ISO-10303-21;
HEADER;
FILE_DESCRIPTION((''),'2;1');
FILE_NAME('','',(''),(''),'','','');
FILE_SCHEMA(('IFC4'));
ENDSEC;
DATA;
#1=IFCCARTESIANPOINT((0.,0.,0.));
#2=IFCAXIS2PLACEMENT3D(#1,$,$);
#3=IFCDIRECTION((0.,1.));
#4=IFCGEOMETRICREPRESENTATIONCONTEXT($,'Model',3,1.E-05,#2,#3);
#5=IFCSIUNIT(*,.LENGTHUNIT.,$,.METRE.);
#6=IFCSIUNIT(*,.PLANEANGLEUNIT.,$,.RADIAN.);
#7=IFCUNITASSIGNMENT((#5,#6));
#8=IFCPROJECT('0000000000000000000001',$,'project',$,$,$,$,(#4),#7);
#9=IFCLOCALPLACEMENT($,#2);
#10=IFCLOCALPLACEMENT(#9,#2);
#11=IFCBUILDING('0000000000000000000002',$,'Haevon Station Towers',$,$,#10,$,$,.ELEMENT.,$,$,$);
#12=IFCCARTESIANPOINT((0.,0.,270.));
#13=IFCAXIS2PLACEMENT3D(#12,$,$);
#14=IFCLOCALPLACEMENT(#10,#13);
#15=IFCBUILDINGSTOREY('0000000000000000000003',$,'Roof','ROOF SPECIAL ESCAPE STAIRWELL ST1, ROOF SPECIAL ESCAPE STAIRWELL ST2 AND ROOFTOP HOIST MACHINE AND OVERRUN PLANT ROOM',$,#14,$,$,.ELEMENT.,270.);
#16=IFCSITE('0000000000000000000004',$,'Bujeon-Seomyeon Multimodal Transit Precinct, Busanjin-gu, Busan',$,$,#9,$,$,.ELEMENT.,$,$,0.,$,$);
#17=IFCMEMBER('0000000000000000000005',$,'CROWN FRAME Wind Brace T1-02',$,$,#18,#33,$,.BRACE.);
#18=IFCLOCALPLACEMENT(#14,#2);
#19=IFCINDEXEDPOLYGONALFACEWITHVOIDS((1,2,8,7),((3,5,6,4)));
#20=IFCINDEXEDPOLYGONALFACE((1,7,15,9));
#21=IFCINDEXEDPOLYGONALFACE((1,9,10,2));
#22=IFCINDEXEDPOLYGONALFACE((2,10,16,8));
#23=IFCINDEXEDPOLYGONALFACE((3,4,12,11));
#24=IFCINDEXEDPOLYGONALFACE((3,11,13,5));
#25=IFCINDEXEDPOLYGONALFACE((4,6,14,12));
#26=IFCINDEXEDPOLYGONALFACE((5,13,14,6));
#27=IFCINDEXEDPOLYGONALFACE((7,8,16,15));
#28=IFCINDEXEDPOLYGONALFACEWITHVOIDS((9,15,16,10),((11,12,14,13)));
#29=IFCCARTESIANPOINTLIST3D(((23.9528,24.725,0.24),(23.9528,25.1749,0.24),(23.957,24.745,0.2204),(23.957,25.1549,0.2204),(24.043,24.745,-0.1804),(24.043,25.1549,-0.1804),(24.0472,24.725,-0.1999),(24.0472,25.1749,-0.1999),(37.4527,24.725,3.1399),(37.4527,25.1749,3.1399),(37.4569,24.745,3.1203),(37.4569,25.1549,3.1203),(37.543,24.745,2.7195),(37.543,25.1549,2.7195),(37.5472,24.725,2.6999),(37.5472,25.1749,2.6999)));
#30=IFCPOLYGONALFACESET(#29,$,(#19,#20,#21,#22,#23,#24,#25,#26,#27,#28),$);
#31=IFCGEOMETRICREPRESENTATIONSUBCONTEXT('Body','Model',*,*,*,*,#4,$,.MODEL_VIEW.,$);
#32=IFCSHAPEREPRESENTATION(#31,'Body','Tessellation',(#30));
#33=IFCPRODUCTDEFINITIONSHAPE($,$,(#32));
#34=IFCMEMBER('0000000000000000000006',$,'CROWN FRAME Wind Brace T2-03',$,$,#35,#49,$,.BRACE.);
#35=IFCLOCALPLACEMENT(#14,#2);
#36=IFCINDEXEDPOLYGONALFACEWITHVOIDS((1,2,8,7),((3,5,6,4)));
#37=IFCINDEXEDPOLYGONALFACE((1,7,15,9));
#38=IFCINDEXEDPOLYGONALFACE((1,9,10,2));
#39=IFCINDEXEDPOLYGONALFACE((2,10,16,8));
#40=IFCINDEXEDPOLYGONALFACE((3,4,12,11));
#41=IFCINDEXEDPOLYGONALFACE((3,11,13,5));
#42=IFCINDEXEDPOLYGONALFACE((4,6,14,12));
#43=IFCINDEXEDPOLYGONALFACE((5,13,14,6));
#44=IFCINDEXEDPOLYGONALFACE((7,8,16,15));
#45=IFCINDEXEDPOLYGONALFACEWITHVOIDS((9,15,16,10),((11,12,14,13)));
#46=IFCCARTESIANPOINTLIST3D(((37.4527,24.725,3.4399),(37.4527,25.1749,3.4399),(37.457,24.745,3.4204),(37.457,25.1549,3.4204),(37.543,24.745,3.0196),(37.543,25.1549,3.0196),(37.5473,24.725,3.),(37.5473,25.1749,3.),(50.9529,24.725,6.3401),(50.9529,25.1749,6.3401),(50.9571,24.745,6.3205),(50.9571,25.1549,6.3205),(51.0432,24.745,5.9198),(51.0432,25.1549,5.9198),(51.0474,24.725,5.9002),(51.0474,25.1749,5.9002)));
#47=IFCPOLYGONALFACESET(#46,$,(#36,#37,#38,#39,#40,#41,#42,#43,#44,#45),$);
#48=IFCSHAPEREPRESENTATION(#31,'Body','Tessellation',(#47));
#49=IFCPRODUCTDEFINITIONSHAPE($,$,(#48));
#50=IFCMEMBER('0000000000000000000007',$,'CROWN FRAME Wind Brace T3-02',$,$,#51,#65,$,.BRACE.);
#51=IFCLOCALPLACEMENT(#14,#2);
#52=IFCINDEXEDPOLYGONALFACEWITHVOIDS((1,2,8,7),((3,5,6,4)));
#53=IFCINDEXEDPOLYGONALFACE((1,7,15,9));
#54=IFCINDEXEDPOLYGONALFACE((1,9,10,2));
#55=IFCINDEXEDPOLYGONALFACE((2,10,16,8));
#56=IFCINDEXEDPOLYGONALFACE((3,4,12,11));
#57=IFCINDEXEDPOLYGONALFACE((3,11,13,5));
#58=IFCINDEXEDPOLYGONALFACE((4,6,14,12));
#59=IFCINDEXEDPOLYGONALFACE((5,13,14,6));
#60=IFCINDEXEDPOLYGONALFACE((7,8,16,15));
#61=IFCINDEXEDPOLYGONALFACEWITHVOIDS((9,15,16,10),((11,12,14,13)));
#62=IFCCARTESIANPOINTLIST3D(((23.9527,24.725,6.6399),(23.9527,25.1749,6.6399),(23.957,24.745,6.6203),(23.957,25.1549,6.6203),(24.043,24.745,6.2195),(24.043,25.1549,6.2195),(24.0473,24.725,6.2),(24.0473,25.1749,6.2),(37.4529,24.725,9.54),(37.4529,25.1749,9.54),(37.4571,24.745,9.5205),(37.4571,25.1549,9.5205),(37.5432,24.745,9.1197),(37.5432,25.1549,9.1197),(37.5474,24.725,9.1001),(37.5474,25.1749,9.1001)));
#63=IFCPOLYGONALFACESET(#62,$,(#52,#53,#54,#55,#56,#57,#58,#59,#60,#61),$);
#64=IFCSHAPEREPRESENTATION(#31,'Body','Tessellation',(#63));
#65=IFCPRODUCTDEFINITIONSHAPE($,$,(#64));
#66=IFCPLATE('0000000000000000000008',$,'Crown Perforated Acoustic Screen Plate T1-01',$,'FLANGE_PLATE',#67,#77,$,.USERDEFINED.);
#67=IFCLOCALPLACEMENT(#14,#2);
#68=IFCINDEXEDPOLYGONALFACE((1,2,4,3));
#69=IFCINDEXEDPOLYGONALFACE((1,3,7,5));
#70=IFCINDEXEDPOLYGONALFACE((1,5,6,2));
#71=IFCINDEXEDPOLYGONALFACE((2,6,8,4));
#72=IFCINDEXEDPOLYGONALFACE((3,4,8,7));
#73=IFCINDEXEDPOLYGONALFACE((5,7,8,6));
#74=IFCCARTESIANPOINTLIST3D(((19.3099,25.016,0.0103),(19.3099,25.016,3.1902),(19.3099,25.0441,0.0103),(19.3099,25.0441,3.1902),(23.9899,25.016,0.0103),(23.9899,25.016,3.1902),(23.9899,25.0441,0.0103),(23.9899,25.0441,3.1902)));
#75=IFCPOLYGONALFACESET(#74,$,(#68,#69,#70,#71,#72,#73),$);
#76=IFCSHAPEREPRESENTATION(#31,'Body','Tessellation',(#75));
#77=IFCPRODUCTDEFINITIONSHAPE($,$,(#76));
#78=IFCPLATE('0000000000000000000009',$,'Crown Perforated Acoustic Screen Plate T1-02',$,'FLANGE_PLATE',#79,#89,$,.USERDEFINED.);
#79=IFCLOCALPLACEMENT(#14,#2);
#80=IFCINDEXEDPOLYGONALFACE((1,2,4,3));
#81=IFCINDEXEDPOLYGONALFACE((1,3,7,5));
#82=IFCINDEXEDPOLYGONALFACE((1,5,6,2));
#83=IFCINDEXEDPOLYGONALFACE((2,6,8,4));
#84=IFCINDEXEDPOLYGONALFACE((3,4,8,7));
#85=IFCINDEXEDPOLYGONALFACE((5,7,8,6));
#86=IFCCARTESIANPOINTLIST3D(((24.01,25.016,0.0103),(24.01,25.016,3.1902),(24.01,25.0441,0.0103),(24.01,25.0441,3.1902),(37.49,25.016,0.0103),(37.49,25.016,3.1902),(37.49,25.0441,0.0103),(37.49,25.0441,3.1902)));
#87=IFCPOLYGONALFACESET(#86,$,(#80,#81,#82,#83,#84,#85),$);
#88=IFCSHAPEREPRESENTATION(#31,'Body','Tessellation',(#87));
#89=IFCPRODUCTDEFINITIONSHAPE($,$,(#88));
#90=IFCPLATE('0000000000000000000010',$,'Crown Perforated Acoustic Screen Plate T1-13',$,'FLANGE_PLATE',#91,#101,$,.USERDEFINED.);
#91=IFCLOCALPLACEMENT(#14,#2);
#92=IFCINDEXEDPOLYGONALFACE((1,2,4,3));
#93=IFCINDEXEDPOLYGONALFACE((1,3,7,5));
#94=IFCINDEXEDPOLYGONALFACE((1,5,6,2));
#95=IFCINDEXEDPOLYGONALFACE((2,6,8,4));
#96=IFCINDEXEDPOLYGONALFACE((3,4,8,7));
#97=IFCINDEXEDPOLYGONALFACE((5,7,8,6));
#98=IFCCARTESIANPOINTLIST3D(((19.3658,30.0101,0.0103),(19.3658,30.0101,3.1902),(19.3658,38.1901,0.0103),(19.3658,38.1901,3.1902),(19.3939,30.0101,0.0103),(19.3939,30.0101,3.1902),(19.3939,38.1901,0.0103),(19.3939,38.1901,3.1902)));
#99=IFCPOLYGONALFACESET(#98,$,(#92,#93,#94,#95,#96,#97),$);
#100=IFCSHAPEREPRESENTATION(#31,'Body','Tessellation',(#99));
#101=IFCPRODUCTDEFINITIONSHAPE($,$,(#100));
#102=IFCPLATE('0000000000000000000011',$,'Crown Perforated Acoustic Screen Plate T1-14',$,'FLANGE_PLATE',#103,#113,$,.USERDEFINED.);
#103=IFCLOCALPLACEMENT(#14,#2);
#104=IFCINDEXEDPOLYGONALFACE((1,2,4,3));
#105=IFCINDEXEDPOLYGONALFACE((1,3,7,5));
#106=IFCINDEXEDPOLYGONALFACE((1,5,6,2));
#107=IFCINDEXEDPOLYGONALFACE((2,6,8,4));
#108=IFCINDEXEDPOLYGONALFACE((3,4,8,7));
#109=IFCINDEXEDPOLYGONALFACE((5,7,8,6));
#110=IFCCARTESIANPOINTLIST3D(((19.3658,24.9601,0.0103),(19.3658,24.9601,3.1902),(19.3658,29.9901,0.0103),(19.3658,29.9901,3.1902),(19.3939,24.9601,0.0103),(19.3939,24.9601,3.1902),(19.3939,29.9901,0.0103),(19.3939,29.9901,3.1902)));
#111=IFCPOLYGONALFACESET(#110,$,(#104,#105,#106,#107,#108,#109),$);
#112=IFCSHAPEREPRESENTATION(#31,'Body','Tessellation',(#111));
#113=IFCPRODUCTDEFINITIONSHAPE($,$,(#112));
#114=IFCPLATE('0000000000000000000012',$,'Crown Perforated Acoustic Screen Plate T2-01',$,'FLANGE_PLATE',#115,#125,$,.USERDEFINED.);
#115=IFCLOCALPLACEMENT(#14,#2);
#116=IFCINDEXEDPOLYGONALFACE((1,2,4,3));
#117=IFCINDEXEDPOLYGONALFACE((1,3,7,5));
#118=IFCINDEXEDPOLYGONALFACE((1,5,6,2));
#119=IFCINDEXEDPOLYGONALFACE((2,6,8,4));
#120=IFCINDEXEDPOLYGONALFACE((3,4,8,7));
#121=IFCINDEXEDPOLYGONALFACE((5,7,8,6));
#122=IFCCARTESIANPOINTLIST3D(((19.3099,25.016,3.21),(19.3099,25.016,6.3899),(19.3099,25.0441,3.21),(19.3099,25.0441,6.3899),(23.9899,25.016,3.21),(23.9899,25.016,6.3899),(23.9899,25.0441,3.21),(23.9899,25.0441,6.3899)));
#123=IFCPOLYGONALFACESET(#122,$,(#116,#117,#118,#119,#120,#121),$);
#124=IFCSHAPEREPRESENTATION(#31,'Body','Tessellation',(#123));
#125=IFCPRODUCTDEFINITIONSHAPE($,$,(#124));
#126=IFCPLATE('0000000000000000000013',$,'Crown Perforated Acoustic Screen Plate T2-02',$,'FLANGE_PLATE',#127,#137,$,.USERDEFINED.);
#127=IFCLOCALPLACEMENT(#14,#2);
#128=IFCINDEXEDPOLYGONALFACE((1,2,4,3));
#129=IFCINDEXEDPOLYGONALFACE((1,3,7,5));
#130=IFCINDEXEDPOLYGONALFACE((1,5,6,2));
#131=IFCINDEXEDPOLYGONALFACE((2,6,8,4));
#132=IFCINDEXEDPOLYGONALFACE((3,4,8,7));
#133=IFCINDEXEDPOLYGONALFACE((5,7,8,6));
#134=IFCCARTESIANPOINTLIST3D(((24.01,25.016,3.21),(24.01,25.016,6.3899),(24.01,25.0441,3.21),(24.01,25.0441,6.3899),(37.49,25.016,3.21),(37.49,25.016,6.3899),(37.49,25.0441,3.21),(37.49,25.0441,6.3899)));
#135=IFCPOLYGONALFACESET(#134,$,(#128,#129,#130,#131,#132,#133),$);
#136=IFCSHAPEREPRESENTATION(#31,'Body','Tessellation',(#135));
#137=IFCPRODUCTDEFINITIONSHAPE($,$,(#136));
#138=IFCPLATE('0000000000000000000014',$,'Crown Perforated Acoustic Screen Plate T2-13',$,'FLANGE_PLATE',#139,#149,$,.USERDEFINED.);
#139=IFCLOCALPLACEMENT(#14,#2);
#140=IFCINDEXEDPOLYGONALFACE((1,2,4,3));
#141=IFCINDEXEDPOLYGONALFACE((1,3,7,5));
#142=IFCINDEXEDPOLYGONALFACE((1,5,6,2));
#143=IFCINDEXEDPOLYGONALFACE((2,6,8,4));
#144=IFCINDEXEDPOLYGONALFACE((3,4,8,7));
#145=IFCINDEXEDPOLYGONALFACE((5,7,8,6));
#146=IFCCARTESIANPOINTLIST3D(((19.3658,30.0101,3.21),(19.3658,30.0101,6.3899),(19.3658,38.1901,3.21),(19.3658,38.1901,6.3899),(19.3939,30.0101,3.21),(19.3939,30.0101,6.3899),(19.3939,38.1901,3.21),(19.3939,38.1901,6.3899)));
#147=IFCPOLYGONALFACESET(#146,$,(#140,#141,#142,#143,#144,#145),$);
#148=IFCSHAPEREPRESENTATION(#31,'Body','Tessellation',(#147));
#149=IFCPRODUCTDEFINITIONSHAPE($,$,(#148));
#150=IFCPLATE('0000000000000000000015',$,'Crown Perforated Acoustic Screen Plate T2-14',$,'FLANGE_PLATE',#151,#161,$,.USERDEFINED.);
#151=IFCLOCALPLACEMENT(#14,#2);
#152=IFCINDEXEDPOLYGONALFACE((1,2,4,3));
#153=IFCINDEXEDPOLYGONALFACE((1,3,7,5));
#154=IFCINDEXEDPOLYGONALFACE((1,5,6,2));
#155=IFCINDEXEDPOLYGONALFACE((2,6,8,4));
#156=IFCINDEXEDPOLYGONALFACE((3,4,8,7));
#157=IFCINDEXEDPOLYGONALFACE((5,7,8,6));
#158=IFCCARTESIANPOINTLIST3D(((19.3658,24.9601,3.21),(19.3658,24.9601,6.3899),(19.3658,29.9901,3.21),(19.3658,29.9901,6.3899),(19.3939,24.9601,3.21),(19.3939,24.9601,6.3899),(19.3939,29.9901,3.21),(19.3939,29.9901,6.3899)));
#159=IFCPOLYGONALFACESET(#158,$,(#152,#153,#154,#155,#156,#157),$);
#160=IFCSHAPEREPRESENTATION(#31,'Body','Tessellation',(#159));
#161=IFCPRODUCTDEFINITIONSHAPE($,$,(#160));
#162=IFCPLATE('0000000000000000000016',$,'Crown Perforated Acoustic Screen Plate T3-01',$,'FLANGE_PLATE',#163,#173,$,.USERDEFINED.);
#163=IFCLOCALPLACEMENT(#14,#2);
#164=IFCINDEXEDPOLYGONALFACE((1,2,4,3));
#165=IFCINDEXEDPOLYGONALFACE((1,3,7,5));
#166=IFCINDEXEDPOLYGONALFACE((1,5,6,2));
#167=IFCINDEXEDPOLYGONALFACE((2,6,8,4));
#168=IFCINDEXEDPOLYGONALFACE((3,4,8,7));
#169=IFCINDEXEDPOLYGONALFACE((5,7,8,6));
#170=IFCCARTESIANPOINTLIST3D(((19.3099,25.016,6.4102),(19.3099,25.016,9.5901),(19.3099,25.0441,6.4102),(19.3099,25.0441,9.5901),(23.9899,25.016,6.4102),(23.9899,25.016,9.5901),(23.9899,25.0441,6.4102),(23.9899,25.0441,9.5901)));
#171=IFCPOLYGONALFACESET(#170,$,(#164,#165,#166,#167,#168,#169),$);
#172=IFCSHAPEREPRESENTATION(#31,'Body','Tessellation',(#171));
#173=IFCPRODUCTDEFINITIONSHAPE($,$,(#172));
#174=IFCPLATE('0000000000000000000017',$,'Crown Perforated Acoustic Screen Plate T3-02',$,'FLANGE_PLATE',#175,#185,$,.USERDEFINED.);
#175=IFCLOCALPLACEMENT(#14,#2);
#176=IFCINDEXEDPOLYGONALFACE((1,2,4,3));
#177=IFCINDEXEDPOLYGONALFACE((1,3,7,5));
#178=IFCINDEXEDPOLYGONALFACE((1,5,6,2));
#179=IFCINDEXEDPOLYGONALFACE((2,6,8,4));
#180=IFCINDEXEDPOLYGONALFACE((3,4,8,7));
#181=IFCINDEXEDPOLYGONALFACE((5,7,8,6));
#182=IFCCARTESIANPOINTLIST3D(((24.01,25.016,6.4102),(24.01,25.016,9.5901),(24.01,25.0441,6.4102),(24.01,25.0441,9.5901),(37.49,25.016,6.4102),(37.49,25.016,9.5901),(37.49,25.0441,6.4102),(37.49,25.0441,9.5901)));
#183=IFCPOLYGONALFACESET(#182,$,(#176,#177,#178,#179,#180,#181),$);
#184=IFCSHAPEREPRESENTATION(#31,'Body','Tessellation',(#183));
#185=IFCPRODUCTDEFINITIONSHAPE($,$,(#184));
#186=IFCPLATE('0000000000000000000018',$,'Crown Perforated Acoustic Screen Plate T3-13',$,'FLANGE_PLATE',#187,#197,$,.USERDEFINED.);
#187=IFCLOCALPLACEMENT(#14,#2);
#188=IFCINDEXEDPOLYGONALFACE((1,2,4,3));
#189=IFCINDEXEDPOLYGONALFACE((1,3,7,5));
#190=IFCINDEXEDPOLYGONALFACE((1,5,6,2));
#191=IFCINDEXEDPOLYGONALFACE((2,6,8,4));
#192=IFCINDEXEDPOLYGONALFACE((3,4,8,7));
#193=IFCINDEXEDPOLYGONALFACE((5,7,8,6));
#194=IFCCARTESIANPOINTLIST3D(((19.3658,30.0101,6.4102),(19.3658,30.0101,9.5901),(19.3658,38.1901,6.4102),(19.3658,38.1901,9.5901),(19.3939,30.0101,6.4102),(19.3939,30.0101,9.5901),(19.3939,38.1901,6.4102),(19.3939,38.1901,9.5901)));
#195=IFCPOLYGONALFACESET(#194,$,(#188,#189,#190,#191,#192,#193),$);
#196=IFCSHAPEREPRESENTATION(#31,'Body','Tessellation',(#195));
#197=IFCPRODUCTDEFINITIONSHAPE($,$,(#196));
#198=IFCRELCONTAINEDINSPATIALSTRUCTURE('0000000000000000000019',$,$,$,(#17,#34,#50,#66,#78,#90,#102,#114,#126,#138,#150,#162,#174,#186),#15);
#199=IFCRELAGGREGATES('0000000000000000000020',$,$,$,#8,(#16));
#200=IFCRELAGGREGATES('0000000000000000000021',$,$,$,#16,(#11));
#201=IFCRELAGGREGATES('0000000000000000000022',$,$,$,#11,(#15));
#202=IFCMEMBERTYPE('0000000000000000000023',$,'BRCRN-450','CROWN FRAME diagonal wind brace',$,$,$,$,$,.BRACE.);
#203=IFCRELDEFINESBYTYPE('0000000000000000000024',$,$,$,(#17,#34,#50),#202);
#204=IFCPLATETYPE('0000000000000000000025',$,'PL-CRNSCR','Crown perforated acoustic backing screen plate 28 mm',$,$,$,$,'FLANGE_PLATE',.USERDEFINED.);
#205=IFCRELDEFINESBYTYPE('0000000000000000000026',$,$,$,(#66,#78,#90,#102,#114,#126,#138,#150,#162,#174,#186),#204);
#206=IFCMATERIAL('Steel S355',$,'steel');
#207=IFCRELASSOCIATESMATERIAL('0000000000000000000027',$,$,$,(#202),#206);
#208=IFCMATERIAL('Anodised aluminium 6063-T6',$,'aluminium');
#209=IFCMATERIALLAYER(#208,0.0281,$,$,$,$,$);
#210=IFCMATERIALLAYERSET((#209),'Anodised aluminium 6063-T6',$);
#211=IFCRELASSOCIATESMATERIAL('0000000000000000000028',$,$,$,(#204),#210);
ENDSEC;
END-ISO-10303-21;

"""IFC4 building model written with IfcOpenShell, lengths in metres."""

from ifc_helpers import new_model, si_unit, direction, frame, origin, origin_2d, place, context, subcontext, project, spatial, rectangle, hollow_rectangle, extrude, material, layer, layer_set, material_profile, profile_set, type_object, element, save


model = new_model("IFC4")

# Units and contexts
model_context = context("Model", 3, precision=1e-05, world=origin(), true_north=direction((0.0, 1.0)))
body_context = subcontext(model_context, "Body", "Model", "MODEL_VIEW")
ifc_project = project(units=[si_unit("LENGTHUNIT", "METRE"), si_unit("PLANEANGLEUNIT", "RADIAN")], contexts=[model_context])

# Site, building, storey
site_placement = place(None, origin())
site = spatial("IfcSite", under=ifc_project, at=site_placement, Name="Bujeon-Seomyeon Multimodal Transit Precinct, Busanjin-gu, Busan", CompositionType="ELEMENT", RefElevation=0.0)
building_placement = place(site_placement, origin())
building = spatial("IfcBuilding", under=site, at=building_placement, Name="Haevon Station Towers", CompositionType="ELEMENT")
storey_placement = place(building_placement, frame((0.0, 0.0, 270.0)))
storey = spatial("IfcBuildingStorey", under=building, at=storey_placement, Name="Roof", Description="ROOF SPECIAL ESCAPE STAIRWELL ST1, ROOF SPECIAL ESCAPE STAIRWELL ST2 AND ROOFTOP HOIST MACHINE AND OVERRUN PLANT ROOM", CompositionType="ELEMENT", Elevation=270.0)

# Shared definitions
ifc_material_1 = material(Name="Steel S355", Category="steel")

# Members
ifc_material_profile_1 = material_profile(ifc_material_1, hollow_rectangle(XDim=0.45, YDim=0.45, WallThickness=0.02, at=origin_2d()), Name="RHS-450x450x20")
ifc_profile_set_1 = profile_set([ifc_material_profile_1], Name="Steel S355")
member_type = type_object("IfcMemberType", Name="BRCRN-450", Description="CROWN FRAME diagonal wind brace", PredefinedType="BRACE", material=ifc_profile_set_1)
member_placement = place(storey_placement, frame((24.0, 24.95, 0.02), z_axis=(0.977698, 0.0, 0.210017), x_axis=(0.0, 1.0, 0.0)))
element("IfcMember", 1, at=member_placement, inside=storey, type_object=member_type, Name="CROWN FRAME Wind Brace T1-02", PredefinedType="BRACE", context=body_context, shape_type="SweptSolid", body=[
    extrude(hollow_rectangle(XDim=0.45, YDim=0.45, WallThickness=0.02, at=origin_2d()), origin(), (0.0, 0.0, 1.0), 13.8079),
])
for number, where, z_axis, x_axis, name in (
    (2, (37.5, 24.95, 3.22), (0.977694, 0.0, 0.210034), (0.0, 1.0, 0.0), "CROWN FRAME Wind Brace T2-03"),
    (3, (24.0, 24.95, 6.4199), (0.977694, 0.0, 0.210034), (0.0, 1.0, 0.0), "CROWN FRAME Wind Brace T3-02"),
):
    element("IfcMember", number, at=place(storey_placement, frame(where, z_axis=z_axis, x_axis=x_axis)), inside=storey, type_object=member_type, Name=name, PredefinedType="BRACE", context=body_context, shape_type="SweptSolid", body=[
        extrude(hollow_rectangle(XDim=0.45, YDim=0.45, WallThickness=0.02, at=origin_2d()), origin(), (0.0, 0.0, 1.0), 13.8081),
    ])

# Plates
ifc_material_2 = material(Name="Anodised aluminium 6063-T6", Category="aluminium")
ifc_layer_1 = layer(ifc_material_2, 0.0281)
ifc_layer_set_1 = layer_set([ifc_layer_1], Name="Anodised aluminium 6063-T6")
plate_type_1 = type_object("IfcPlateType", Name="PL-CRNSCR", Description="Crown perforated acoustic backing screen plate 28 mm", ElementType="FLANGE_PLATE", PredefinedType="USERDEFINED", material=ifc_layer_set_1)
plate_1_placement = place(storey_placement, frame((21.6499, 25.03, 0.0103), z_axis=(0.0, 0.0, 1.0), x_axis=(1.0, 0.0, 0.0)))
element("IfcPlate", 4, at=plate_1_placement, inside=storey, type_object=plate_type_1, Name="Crown Perforated Acoustic Screen Plate T1-01", ObjectType="FLANGE_PLATE", PredefinedType="USERDEFINED", context=body_context, shape_type="SweptSolid", body=[
    extrude(rectangle(XDim=4.6799, YDim=0.0281, at=origin_2d()), origin(), (0.0, 0.0, 1.0), 3.1799),
])
plate_2_placement = place(storey_placement, frame((30.75, 25.03, 0.0103), z_axis=(0.0, 0.0, 1.0), x_axis=(1.0, 0.0, 0.0)))
element("IfcPlate", 5, at=plate_2_placement, inside=storey, type_object=plate_type_1, Name="Crown Perforated Acoustic Screen Plate T1-02", ObjectType="FLANGE_PLATE", PredefinedType="USERDEFINED", context=body_context, shape_type="SweptSolid", body=[
    extrude(rectangle(XDim=13.48, YDim=0.0281, at=origin_2d()), origin(), (0.0, 0.0, 1.0), 3.1799),
])
plate_3_placement = place(storey_placement, frame((19.3799, 34.1001, 0.0103), z_axis=(0.0, 0.0, 1.0), x_axis=(0.0, -1.0, 0.0)))
element("IfcPlate", 6, at=plate_3_placement, inside=storey, type_object=plate_type_1, Name="Crown Perforated Acoustic Screen Plate T1-13", ObjectType="FLANGE_PLATE", PredefinedType="USERDEFINED", context=body_context, shape_type="SweptSolid", body=[
    extrude(rectangle(XDim=8.1799, YDim=0.0281, at=origin_2d()), origin(), (0.0, 0.0, 1.0), 3.1799),
])
plate_4_placement = place(storey_placement, frame((19.3799, 27.4751, 0.0103), z_axis=(0.0, 0.0, 1.0), x_axis=(0.0, -1.0, 0.0)))
element("IfcPlate", 7, at=plate_4_placement, inside=storey, type_object=plate_type_1, Name="Crown Perforated Acoustic Screen Plate T1-14", ObjectType="FLANGE_PLATE", PredefinedType="USERDEFINED", context=body_context, shape_type="SweptSolid", body=[
    extrude(rectangle(XDim=5.03, YDim=0.0281, at=origin_2d()), origin(), (0.0, 0.0, 1.0), 3.1799),
])
plate_5_placement = place(storey_placement, frame((21.6499, 25.03, 3.21), z_axis=(0.0, 0.0, 1.0), x_axis=(1.0, 0.0, 0.0)))
element("IfcPlate", 8, at=plate_5_placement, inside=storey, type_object=plate_type_1, Name="Crown Perforated Acoustic Screen Plate T2-01", ObjectType="FLANGE_PLATE", PredefinedType="USERDEFINED", context=body_context, shape_type="SweptSolid", body=[
    extrude(rectangle(XDim=4.6799, YDim=0.0281, at=origin_2d()), origin(), (0.0, 0.0, 1.0), 3.1799),
])
plate_6_placement = place(storey_placement, frame((30.75, 25.03, 3.21), z_axis=(0.0, 0.0, 1.0), x_axis=(1.0, 0.0, 0.0)))
element("IfcPlate", 9, at=plate_6_placement, inside=storey, type_object=plate_type_1, Name="Crown Perforated Acoustic Screen Plate T2-02", ObjectType="FLANGE_PLATE", PredefinedType="USERDEFINED", context=body_context, shape_type="SweptSolid", body=[
    extrude(rectangle(XDim=13.48, YDim=0.0281, at=origin_2d()), origin(), (0.0, 0.0, 1.0), 3.1799),
])
plate_7_placement = place(storey_placement, frame((19.3799, 34.1001, 3.21), z_axis=(0.0, 0.0, 1.0), x_axis=(0.0, -1.0, 0.0)))
element("IfcPlate", 10, at=plate_7_placement, inside=storey, type_object=plate_type_1, Name="Crown Perforated Acoustic Screen Plate T2-13", ObjectType="FLANGE_PLATE", PredefinedType="USERDEFINED", context=body_context, shape_type="SweptSolid", body=[
    extrude(rectangle(XDim=8.1799, YDim=0.0281, at=origin_2d()), origin(), (0.0, 0.0, 1.0), 3.1799),
])
plate_8_placement = place(storey_placement, frame((19.3799, 27.4751, 3.21), z_axis=(0.0, 0.0, 1.0), x_axis=(0.0, -1.0, 0.0)))
element("IfcPlate", 11, at=plate_8_placement, inside=storey, type_object=plate_type_1, Name="Crown Perforated Acoustic Screen Plate T2-14", ObjectType="FLANGE_PLATE", PredefinedType="USERDEFINED", context=body_context, shape_type="SweptSolid", body=[
    extrude(rectangle(XDim=5.03, YDim=0.0281, at=origin_2d()), origin(), (0.0, 0.0, 1.0), 3.1799),
])
plate_9_placement = place(storey_placement, frame((21.6499, 25.03, 6.4102), z_axis=(0.0, 0.0, 1.0), x_axis=(1.0, 0.0, 0.0)))
element("IfcPlate", 12, at=plate_9_placement, inside=storey, type_object=plate_type_1, Name="Crown Perforated Acoustic Screen Plate T3-01", ObjectType="FLANGE_PLATE", PredefinedType="USERDEFINED", context=body_context, shape_type="SweptSolid", body=[
    extrude(rectangle(XDim=4.6799, YDim=0.0281, at=origin_2d()), origin(), (0.0, 0.0, 1.0), 3.1799),
])
plate_10_placement = place(storey_placement, frame((30.75, 25.03, 6.4102), z_axis=(0.0, 0.0, 1.0), x_axis=(1.0, 0.0, 0.0)))
element("IfcPlate", 13, at=plate_10_placement, inside=storey, type_object=plate_type_1, Name="Crown Perforated Acoustic Screen Plate T3-02", ObjectType="FLANGE_PLATE", PredefinedType="USERDEFINED", context=body_context, shape_type="SweptSolid", body=[
    extrude(rectangle(XDim=13.48, YDim=0.0281, at=origin_2d()), origin(), (0.0, 0.0, 1.0), 3.1799),
])
plate_11_placement = place(storey_placement, frame((19.3799, 34.1001, 6.4102), z_axis=(0.0, 0.0, 1.0), x_axis=(0.0, -1.0, 0.0)))
element("IfcPlate", 14, at=plate_11_placement, inside=storey, type_object=plate_type_1, Name="Crown Perforated Acoustic Screen Plate T3-13", ObjectType="FLANGE_PLATE", PredefinedType="USERDEFINED", context=body_context, shape_type="SweptSolid", body=[
    extrude(rectangle(XDim=8.1799, YDim=0.0281, at=origin_2d()), origin(), (0.0, 0.0, 1.0), 3.1799),
])

save(model, "model.ifc")
